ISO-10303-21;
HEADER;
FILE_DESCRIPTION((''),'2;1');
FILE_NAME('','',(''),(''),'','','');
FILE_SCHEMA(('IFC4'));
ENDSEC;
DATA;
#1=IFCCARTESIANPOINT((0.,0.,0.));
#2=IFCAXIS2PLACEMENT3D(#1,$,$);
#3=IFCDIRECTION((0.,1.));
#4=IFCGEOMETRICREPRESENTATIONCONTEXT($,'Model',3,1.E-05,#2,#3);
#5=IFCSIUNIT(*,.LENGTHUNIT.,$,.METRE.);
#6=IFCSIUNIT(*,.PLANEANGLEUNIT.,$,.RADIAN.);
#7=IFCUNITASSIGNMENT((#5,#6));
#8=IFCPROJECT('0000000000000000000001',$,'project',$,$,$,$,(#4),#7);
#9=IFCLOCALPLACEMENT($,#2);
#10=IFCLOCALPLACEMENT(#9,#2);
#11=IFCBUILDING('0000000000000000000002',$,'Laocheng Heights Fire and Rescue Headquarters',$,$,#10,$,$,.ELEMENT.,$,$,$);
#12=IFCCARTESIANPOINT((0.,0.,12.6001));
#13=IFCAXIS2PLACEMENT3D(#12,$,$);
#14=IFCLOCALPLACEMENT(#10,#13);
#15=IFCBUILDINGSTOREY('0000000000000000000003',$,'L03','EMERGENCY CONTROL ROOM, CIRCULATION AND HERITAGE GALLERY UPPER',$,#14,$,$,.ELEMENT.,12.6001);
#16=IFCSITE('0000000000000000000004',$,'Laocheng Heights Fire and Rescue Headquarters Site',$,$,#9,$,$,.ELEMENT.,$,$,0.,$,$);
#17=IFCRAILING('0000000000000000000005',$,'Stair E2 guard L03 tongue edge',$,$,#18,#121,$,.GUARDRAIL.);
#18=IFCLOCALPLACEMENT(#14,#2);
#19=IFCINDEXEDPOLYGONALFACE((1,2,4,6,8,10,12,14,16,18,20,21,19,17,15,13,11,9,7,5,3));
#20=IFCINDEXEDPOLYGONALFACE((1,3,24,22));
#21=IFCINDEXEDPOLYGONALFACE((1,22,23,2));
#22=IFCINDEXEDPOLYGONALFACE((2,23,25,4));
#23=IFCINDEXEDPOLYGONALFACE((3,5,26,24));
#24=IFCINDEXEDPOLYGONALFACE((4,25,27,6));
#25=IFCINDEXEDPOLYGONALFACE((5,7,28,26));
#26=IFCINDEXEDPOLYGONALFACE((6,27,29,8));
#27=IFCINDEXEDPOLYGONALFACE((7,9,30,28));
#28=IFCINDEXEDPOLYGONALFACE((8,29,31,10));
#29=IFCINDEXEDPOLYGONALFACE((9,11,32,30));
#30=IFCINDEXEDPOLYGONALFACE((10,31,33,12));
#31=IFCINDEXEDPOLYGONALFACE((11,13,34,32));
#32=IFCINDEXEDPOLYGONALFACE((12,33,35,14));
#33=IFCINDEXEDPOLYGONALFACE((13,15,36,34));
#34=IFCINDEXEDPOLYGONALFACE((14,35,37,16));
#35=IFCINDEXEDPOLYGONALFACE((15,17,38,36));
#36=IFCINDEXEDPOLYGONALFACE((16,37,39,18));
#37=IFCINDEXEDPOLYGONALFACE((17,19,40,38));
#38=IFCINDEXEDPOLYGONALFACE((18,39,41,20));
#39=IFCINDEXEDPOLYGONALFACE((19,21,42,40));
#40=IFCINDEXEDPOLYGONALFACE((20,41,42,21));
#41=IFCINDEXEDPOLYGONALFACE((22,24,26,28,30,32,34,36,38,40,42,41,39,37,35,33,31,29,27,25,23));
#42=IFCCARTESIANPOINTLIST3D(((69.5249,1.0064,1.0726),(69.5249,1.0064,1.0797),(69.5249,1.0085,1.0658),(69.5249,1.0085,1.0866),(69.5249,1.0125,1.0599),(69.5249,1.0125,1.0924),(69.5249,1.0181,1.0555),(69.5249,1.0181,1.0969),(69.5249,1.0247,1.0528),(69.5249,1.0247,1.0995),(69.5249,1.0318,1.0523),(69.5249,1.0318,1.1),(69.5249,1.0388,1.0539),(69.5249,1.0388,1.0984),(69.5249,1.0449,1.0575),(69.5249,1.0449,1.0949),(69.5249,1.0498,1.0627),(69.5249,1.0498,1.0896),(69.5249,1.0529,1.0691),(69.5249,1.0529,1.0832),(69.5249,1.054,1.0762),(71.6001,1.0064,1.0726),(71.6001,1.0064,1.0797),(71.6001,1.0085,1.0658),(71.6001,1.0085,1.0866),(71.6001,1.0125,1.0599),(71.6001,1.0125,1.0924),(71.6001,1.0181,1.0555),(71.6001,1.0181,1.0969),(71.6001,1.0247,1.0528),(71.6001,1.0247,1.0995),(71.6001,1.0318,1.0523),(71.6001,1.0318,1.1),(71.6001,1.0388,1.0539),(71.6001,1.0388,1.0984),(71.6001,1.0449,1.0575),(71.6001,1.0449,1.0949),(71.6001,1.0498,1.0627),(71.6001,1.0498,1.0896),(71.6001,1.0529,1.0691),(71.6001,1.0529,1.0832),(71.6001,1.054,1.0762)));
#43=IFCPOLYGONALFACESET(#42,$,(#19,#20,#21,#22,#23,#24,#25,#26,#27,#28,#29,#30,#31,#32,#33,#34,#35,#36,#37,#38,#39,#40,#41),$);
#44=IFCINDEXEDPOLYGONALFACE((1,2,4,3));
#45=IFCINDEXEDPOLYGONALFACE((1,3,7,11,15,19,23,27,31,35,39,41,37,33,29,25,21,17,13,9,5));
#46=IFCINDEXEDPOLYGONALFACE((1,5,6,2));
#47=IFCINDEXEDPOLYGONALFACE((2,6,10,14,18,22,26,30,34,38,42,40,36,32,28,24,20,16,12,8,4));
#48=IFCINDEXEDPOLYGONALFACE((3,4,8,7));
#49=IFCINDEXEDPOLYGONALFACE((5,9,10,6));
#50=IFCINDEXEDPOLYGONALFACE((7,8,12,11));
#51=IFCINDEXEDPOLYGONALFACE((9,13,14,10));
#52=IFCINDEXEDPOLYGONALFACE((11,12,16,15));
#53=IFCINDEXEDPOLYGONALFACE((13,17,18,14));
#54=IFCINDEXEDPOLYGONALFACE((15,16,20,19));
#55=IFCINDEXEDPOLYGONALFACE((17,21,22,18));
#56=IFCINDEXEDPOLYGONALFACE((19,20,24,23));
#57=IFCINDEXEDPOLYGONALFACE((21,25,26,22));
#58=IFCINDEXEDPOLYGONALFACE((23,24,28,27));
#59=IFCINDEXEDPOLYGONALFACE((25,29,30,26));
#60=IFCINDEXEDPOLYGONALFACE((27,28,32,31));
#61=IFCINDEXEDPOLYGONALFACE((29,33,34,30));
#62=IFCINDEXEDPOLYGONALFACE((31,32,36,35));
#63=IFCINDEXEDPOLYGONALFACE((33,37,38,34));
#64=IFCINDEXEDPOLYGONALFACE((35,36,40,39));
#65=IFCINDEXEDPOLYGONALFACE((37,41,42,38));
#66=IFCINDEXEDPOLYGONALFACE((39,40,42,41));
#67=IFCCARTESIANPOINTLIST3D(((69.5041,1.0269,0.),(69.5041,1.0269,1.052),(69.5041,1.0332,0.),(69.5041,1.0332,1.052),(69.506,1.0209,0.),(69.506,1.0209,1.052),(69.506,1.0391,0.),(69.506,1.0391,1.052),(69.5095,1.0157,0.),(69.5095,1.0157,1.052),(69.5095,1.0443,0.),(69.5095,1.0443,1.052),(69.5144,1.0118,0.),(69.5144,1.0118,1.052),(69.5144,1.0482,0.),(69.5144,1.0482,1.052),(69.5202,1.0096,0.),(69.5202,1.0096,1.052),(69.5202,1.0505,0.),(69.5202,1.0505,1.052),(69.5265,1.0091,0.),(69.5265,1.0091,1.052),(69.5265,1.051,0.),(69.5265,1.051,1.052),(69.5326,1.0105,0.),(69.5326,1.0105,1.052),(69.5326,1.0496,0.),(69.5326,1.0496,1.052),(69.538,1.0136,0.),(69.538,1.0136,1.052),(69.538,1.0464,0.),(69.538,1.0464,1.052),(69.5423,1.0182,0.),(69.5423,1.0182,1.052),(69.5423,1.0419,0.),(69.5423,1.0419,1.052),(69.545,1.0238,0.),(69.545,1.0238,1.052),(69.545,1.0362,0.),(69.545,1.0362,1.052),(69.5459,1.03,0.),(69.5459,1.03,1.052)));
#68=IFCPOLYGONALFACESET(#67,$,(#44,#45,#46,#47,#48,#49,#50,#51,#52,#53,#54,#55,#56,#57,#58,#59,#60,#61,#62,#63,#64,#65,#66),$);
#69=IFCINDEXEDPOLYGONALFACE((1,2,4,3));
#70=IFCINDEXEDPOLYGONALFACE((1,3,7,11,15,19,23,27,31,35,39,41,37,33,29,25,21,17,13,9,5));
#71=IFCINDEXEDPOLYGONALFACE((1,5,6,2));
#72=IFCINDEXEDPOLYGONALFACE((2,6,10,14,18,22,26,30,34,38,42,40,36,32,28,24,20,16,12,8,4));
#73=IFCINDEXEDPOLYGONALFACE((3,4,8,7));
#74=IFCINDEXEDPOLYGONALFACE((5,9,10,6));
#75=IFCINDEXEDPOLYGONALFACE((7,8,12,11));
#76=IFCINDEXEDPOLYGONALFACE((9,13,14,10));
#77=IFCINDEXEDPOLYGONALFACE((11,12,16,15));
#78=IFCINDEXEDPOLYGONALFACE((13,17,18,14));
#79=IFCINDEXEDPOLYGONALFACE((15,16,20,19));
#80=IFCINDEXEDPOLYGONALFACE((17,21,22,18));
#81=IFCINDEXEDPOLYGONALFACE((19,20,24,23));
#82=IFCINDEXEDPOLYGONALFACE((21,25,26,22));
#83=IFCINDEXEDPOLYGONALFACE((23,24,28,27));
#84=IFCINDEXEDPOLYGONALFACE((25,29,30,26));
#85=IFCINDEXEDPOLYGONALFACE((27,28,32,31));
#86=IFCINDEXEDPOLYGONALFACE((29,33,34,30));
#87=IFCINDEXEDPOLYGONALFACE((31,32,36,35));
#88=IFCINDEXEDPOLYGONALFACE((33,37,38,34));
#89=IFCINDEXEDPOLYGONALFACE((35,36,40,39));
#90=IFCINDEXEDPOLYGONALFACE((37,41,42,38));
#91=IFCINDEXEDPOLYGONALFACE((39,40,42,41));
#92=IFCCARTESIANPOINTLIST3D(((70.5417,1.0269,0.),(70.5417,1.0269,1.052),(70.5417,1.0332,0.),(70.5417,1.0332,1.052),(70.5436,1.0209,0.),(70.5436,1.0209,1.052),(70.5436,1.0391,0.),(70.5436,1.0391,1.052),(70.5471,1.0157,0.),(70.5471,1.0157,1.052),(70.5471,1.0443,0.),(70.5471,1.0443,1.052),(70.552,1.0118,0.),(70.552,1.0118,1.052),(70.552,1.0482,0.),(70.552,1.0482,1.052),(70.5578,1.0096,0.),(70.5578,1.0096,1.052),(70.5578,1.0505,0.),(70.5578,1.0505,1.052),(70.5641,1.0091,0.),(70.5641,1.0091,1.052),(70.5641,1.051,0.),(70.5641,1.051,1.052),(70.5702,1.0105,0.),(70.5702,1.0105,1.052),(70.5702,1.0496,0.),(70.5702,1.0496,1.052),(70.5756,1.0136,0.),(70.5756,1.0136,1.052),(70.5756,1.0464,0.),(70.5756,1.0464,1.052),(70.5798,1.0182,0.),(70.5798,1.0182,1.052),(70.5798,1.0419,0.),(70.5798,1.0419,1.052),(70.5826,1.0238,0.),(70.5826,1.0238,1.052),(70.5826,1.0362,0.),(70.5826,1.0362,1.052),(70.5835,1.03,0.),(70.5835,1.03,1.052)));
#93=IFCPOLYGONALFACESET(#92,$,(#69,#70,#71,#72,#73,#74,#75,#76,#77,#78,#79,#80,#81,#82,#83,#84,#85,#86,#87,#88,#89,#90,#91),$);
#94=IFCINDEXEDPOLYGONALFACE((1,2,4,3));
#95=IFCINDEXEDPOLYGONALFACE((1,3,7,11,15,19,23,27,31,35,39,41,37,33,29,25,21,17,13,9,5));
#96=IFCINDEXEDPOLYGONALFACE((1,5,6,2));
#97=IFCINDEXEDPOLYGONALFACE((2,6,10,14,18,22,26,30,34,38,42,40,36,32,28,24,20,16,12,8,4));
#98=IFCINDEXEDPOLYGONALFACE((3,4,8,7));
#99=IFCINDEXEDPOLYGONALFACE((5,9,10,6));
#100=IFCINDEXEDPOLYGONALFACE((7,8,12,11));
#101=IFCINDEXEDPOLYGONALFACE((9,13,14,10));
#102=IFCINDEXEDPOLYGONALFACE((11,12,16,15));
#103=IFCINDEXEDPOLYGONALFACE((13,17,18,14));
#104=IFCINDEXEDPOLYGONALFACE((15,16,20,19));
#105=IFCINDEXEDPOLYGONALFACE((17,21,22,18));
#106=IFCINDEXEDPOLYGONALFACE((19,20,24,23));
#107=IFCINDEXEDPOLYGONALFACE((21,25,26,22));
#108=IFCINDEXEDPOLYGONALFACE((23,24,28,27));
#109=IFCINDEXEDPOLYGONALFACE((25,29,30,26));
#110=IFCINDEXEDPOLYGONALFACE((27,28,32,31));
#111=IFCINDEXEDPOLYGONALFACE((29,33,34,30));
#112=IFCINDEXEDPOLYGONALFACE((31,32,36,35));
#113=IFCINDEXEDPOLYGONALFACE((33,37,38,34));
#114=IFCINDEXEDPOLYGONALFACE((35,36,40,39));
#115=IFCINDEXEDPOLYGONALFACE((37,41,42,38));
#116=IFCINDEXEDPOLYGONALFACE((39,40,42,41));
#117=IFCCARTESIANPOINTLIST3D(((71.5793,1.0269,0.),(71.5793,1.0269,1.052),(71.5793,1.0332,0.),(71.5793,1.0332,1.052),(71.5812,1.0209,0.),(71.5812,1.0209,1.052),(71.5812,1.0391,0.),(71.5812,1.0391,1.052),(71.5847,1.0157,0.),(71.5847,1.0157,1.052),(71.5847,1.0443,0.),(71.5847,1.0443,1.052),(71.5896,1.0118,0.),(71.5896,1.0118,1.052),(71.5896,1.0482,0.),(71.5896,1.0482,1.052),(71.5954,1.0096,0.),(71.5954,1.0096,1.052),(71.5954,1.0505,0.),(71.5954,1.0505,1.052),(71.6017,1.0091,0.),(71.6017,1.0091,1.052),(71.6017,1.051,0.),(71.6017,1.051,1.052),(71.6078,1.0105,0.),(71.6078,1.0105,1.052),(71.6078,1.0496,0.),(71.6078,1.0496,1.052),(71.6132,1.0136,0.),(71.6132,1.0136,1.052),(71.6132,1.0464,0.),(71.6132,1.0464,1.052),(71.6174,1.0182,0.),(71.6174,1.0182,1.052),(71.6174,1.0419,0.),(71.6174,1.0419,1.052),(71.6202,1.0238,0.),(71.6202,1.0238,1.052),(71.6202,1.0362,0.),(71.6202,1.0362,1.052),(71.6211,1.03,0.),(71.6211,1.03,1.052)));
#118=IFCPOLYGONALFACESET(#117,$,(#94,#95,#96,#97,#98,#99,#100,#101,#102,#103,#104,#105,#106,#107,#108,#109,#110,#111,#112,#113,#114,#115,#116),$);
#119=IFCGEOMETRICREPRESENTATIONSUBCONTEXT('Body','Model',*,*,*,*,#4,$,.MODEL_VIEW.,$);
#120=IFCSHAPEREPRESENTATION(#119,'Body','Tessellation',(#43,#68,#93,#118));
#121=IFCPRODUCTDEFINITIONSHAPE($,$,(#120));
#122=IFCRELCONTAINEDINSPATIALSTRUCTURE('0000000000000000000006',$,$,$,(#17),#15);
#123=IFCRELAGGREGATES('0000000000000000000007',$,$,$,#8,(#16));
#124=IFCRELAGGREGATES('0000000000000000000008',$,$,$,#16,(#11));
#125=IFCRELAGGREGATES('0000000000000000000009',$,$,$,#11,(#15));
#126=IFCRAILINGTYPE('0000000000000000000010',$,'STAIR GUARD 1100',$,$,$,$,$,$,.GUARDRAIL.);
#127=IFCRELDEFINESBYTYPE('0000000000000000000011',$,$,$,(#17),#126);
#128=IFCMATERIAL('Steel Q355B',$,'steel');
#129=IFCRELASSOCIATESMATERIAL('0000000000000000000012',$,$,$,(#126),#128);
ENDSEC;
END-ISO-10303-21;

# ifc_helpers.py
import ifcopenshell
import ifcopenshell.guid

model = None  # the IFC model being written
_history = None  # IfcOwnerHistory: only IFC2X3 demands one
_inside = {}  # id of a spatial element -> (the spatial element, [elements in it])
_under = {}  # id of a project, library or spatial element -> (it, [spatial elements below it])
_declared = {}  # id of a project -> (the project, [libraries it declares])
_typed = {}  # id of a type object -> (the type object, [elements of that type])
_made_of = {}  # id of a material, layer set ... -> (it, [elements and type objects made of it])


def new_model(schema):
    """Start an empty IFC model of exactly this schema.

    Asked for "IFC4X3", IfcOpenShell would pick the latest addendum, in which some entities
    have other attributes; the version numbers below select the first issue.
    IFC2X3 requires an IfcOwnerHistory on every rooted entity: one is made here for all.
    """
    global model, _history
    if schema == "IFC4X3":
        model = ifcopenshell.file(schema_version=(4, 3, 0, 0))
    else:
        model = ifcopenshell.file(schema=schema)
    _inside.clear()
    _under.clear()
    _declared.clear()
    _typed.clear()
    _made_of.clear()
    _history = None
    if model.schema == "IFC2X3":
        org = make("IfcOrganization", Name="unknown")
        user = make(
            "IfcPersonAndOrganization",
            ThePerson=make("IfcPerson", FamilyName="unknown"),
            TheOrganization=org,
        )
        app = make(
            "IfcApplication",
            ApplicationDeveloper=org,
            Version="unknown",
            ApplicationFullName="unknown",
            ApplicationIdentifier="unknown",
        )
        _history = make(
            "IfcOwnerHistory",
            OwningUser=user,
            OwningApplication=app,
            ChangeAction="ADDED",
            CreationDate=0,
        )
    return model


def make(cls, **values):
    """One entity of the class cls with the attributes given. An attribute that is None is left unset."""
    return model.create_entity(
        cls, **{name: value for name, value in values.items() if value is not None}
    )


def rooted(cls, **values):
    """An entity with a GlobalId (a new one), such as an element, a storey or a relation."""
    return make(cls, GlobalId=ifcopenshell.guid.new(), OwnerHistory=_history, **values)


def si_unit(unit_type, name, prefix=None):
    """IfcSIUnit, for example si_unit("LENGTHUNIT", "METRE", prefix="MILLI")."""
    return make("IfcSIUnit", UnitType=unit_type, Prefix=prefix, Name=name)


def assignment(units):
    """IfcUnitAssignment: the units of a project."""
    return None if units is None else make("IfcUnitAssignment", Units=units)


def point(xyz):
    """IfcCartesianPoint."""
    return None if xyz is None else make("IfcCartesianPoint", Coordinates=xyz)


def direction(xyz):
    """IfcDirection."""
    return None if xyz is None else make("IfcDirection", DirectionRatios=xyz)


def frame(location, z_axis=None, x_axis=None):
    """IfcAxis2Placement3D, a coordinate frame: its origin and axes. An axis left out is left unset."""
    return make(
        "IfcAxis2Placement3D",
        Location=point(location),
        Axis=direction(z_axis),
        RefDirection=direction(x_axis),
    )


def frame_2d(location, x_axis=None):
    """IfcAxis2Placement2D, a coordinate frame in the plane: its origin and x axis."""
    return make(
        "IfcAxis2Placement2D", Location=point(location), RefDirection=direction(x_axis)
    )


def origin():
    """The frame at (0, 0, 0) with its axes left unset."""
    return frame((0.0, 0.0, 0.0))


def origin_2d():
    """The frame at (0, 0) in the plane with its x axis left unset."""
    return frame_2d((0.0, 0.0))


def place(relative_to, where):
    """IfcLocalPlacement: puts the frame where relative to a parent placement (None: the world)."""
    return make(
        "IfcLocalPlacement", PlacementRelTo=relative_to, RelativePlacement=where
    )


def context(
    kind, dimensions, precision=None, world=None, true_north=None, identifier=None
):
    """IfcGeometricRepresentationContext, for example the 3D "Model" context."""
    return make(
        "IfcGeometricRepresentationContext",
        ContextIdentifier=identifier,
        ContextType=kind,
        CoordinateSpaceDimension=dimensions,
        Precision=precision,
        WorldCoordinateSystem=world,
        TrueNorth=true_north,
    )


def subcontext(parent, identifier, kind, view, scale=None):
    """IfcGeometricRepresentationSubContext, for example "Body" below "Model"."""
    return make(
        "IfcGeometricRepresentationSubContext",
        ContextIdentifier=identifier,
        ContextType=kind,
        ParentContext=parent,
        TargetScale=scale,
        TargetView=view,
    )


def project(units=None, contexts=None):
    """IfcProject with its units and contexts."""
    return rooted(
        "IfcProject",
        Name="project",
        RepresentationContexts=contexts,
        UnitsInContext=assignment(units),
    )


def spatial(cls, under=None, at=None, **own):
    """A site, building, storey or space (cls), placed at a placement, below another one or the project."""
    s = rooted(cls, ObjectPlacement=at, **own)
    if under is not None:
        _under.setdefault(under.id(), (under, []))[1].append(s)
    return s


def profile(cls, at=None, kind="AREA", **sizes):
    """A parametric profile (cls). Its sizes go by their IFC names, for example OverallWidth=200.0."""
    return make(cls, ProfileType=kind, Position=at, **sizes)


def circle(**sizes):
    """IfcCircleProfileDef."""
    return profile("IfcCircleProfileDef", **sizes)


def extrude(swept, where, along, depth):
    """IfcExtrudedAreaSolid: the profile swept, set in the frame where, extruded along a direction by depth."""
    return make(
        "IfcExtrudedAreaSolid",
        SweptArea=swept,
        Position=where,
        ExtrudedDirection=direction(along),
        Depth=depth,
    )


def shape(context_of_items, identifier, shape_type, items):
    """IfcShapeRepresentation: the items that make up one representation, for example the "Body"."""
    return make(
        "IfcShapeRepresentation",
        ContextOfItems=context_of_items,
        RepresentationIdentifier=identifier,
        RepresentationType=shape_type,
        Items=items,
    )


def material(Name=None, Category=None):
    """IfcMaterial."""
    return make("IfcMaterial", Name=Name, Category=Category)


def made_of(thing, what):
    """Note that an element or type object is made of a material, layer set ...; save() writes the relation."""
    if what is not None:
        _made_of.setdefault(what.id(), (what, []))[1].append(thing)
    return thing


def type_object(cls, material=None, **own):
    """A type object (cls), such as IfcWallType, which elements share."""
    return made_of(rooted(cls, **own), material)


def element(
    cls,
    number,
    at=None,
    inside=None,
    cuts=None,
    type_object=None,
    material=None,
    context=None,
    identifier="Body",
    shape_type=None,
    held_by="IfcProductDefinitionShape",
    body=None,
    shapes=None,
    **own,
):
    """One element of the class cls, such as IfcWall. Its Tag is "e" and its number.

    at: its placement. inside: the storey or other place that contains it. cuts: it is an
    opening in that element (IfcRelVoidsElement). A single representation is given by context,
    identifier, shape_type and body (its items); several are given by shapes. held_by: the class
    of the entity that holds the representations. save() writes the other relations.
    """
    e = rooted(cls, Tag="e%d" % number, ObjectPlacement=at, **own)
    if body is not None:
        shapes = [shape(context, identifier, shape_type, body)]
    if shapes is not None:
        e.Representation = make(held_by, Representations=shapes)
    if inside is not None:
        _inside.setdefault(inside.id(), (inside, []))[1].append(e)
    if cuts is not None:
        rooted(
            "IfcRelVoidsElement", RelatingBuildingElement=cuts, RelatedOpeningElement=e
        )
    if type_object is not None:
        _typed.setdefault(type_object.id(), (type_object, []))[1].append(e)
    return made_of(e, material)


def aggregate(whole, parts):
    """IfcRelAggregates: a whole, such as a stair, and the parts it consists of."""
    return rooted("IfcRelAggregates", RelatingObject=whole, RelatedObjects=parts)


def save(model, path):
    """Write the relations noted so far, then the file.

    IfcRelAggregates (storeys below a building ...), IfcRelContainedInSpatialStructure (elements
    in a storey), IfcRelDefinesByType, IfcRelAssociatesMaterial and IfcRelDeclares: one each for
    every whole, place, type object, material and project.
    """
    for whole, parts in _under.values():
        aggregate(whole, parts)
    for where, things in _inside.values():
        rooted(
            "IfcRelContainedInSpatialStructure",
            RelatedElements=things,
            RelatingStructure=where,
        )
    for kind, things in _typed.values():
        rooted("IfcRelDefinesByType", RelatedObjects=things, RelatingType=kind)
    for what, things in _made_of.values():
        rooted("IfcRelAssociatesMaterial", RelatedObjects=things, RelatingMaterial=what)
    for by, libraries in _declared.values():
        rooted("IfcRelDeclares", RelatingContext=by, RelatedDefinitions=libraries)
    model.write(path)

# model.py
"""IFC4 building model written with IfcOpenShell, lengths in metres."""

from ifc_helpers import new_model, si_unit, direction, frame, origin, origin_2d, place, context, subcontext, project, spatial, circle, extrude, material, type_object, element, save


model = new_model("IFC4")

# Units and contexts
model_context = context("Model", 3, precision=1e-05, world=origin(), true_north=direction((0.0, 1.0)))
body_context = subcontext(model_context, "Body", "Model", "MODEL_VIEW")
ifc_project = project(units=[si_unit("LENGTHUNIT", "METRE"), si_unit("PLANEANGLEUNIT", "RADIAN")], contexts=[model_context])

# Site, building, storey
site_placement = place(None, origin())
site = spatial("IfcSite", under=ifc_project, at=site_placement, Name="Laocheng Heights Fire and Rescue Headquarters Site", CompositionType="ELEMENT", RefElevation=0.0)
building_placement = place(site_placement, origin())
building = spatial("IfcBuilding", under=site, at=building_placement, Name="Laocheng Heights Fire and Rescue Headquarters", CompositionType="ELEMENT")
storey_placement = place(building_placement, frame((0.0, 0.0, 12.6001)))
storey = spatial("IfcBuildingStorey", under=building, at=storey_placement, Name="L03", Description="EMERGENCY CONTROL ROOM, CIRCULATION AND HERITAGE GALLERY UPPER", CompositionType="ELEMENT", Elevation=12.6001)

# Railing
ifc_material_1 = material(Name="Steel Q355B", Category="steel")
railing_type = type_object("IfcRailingType", Name="STAIR GUARD 1100", PredefinedType="GUARDRAIL", material=ifc_material_1)
railing_1_placement = place(storey_placement, frame((69.5249, 1.03, 0.0)))
element("IfcRailing", 1, at=railing_1_placement, inside=storey, type_object=railing_type, Name="Stair E2 guard L03 tongue edge", PredefinedType="GUARDRAIL", context=body_context, shape_type="SweptSolid", body=[
    extrude(circle(Radius=0.0239, at=origin_2d()), frame((0.0, 0.0, 1.0762), z_axis=(1.0, 0.0, 0.0), x_axis=(0.0, 1.0, 0.0)), (0.0, 0.0, 1.0), 2.0752),
    extrude(circle(Radius=0.021, at=origin_2d()), origin(), (0.0, 0.0, 1.0), 1.052),
    extrude(circle(Radius=0.021, at=origin_2d()), frame((1.0376, 0.0, 0.0)), (0.0, 0.0, 1.0), 1.052),
    extrude(circle(Radius=0.021, at=origin_2d()), frame((2.0752, 0.0, 0.0)), (0.0, 0.0, 1.0), 1.052),
])

save(model, "model.ifc")
